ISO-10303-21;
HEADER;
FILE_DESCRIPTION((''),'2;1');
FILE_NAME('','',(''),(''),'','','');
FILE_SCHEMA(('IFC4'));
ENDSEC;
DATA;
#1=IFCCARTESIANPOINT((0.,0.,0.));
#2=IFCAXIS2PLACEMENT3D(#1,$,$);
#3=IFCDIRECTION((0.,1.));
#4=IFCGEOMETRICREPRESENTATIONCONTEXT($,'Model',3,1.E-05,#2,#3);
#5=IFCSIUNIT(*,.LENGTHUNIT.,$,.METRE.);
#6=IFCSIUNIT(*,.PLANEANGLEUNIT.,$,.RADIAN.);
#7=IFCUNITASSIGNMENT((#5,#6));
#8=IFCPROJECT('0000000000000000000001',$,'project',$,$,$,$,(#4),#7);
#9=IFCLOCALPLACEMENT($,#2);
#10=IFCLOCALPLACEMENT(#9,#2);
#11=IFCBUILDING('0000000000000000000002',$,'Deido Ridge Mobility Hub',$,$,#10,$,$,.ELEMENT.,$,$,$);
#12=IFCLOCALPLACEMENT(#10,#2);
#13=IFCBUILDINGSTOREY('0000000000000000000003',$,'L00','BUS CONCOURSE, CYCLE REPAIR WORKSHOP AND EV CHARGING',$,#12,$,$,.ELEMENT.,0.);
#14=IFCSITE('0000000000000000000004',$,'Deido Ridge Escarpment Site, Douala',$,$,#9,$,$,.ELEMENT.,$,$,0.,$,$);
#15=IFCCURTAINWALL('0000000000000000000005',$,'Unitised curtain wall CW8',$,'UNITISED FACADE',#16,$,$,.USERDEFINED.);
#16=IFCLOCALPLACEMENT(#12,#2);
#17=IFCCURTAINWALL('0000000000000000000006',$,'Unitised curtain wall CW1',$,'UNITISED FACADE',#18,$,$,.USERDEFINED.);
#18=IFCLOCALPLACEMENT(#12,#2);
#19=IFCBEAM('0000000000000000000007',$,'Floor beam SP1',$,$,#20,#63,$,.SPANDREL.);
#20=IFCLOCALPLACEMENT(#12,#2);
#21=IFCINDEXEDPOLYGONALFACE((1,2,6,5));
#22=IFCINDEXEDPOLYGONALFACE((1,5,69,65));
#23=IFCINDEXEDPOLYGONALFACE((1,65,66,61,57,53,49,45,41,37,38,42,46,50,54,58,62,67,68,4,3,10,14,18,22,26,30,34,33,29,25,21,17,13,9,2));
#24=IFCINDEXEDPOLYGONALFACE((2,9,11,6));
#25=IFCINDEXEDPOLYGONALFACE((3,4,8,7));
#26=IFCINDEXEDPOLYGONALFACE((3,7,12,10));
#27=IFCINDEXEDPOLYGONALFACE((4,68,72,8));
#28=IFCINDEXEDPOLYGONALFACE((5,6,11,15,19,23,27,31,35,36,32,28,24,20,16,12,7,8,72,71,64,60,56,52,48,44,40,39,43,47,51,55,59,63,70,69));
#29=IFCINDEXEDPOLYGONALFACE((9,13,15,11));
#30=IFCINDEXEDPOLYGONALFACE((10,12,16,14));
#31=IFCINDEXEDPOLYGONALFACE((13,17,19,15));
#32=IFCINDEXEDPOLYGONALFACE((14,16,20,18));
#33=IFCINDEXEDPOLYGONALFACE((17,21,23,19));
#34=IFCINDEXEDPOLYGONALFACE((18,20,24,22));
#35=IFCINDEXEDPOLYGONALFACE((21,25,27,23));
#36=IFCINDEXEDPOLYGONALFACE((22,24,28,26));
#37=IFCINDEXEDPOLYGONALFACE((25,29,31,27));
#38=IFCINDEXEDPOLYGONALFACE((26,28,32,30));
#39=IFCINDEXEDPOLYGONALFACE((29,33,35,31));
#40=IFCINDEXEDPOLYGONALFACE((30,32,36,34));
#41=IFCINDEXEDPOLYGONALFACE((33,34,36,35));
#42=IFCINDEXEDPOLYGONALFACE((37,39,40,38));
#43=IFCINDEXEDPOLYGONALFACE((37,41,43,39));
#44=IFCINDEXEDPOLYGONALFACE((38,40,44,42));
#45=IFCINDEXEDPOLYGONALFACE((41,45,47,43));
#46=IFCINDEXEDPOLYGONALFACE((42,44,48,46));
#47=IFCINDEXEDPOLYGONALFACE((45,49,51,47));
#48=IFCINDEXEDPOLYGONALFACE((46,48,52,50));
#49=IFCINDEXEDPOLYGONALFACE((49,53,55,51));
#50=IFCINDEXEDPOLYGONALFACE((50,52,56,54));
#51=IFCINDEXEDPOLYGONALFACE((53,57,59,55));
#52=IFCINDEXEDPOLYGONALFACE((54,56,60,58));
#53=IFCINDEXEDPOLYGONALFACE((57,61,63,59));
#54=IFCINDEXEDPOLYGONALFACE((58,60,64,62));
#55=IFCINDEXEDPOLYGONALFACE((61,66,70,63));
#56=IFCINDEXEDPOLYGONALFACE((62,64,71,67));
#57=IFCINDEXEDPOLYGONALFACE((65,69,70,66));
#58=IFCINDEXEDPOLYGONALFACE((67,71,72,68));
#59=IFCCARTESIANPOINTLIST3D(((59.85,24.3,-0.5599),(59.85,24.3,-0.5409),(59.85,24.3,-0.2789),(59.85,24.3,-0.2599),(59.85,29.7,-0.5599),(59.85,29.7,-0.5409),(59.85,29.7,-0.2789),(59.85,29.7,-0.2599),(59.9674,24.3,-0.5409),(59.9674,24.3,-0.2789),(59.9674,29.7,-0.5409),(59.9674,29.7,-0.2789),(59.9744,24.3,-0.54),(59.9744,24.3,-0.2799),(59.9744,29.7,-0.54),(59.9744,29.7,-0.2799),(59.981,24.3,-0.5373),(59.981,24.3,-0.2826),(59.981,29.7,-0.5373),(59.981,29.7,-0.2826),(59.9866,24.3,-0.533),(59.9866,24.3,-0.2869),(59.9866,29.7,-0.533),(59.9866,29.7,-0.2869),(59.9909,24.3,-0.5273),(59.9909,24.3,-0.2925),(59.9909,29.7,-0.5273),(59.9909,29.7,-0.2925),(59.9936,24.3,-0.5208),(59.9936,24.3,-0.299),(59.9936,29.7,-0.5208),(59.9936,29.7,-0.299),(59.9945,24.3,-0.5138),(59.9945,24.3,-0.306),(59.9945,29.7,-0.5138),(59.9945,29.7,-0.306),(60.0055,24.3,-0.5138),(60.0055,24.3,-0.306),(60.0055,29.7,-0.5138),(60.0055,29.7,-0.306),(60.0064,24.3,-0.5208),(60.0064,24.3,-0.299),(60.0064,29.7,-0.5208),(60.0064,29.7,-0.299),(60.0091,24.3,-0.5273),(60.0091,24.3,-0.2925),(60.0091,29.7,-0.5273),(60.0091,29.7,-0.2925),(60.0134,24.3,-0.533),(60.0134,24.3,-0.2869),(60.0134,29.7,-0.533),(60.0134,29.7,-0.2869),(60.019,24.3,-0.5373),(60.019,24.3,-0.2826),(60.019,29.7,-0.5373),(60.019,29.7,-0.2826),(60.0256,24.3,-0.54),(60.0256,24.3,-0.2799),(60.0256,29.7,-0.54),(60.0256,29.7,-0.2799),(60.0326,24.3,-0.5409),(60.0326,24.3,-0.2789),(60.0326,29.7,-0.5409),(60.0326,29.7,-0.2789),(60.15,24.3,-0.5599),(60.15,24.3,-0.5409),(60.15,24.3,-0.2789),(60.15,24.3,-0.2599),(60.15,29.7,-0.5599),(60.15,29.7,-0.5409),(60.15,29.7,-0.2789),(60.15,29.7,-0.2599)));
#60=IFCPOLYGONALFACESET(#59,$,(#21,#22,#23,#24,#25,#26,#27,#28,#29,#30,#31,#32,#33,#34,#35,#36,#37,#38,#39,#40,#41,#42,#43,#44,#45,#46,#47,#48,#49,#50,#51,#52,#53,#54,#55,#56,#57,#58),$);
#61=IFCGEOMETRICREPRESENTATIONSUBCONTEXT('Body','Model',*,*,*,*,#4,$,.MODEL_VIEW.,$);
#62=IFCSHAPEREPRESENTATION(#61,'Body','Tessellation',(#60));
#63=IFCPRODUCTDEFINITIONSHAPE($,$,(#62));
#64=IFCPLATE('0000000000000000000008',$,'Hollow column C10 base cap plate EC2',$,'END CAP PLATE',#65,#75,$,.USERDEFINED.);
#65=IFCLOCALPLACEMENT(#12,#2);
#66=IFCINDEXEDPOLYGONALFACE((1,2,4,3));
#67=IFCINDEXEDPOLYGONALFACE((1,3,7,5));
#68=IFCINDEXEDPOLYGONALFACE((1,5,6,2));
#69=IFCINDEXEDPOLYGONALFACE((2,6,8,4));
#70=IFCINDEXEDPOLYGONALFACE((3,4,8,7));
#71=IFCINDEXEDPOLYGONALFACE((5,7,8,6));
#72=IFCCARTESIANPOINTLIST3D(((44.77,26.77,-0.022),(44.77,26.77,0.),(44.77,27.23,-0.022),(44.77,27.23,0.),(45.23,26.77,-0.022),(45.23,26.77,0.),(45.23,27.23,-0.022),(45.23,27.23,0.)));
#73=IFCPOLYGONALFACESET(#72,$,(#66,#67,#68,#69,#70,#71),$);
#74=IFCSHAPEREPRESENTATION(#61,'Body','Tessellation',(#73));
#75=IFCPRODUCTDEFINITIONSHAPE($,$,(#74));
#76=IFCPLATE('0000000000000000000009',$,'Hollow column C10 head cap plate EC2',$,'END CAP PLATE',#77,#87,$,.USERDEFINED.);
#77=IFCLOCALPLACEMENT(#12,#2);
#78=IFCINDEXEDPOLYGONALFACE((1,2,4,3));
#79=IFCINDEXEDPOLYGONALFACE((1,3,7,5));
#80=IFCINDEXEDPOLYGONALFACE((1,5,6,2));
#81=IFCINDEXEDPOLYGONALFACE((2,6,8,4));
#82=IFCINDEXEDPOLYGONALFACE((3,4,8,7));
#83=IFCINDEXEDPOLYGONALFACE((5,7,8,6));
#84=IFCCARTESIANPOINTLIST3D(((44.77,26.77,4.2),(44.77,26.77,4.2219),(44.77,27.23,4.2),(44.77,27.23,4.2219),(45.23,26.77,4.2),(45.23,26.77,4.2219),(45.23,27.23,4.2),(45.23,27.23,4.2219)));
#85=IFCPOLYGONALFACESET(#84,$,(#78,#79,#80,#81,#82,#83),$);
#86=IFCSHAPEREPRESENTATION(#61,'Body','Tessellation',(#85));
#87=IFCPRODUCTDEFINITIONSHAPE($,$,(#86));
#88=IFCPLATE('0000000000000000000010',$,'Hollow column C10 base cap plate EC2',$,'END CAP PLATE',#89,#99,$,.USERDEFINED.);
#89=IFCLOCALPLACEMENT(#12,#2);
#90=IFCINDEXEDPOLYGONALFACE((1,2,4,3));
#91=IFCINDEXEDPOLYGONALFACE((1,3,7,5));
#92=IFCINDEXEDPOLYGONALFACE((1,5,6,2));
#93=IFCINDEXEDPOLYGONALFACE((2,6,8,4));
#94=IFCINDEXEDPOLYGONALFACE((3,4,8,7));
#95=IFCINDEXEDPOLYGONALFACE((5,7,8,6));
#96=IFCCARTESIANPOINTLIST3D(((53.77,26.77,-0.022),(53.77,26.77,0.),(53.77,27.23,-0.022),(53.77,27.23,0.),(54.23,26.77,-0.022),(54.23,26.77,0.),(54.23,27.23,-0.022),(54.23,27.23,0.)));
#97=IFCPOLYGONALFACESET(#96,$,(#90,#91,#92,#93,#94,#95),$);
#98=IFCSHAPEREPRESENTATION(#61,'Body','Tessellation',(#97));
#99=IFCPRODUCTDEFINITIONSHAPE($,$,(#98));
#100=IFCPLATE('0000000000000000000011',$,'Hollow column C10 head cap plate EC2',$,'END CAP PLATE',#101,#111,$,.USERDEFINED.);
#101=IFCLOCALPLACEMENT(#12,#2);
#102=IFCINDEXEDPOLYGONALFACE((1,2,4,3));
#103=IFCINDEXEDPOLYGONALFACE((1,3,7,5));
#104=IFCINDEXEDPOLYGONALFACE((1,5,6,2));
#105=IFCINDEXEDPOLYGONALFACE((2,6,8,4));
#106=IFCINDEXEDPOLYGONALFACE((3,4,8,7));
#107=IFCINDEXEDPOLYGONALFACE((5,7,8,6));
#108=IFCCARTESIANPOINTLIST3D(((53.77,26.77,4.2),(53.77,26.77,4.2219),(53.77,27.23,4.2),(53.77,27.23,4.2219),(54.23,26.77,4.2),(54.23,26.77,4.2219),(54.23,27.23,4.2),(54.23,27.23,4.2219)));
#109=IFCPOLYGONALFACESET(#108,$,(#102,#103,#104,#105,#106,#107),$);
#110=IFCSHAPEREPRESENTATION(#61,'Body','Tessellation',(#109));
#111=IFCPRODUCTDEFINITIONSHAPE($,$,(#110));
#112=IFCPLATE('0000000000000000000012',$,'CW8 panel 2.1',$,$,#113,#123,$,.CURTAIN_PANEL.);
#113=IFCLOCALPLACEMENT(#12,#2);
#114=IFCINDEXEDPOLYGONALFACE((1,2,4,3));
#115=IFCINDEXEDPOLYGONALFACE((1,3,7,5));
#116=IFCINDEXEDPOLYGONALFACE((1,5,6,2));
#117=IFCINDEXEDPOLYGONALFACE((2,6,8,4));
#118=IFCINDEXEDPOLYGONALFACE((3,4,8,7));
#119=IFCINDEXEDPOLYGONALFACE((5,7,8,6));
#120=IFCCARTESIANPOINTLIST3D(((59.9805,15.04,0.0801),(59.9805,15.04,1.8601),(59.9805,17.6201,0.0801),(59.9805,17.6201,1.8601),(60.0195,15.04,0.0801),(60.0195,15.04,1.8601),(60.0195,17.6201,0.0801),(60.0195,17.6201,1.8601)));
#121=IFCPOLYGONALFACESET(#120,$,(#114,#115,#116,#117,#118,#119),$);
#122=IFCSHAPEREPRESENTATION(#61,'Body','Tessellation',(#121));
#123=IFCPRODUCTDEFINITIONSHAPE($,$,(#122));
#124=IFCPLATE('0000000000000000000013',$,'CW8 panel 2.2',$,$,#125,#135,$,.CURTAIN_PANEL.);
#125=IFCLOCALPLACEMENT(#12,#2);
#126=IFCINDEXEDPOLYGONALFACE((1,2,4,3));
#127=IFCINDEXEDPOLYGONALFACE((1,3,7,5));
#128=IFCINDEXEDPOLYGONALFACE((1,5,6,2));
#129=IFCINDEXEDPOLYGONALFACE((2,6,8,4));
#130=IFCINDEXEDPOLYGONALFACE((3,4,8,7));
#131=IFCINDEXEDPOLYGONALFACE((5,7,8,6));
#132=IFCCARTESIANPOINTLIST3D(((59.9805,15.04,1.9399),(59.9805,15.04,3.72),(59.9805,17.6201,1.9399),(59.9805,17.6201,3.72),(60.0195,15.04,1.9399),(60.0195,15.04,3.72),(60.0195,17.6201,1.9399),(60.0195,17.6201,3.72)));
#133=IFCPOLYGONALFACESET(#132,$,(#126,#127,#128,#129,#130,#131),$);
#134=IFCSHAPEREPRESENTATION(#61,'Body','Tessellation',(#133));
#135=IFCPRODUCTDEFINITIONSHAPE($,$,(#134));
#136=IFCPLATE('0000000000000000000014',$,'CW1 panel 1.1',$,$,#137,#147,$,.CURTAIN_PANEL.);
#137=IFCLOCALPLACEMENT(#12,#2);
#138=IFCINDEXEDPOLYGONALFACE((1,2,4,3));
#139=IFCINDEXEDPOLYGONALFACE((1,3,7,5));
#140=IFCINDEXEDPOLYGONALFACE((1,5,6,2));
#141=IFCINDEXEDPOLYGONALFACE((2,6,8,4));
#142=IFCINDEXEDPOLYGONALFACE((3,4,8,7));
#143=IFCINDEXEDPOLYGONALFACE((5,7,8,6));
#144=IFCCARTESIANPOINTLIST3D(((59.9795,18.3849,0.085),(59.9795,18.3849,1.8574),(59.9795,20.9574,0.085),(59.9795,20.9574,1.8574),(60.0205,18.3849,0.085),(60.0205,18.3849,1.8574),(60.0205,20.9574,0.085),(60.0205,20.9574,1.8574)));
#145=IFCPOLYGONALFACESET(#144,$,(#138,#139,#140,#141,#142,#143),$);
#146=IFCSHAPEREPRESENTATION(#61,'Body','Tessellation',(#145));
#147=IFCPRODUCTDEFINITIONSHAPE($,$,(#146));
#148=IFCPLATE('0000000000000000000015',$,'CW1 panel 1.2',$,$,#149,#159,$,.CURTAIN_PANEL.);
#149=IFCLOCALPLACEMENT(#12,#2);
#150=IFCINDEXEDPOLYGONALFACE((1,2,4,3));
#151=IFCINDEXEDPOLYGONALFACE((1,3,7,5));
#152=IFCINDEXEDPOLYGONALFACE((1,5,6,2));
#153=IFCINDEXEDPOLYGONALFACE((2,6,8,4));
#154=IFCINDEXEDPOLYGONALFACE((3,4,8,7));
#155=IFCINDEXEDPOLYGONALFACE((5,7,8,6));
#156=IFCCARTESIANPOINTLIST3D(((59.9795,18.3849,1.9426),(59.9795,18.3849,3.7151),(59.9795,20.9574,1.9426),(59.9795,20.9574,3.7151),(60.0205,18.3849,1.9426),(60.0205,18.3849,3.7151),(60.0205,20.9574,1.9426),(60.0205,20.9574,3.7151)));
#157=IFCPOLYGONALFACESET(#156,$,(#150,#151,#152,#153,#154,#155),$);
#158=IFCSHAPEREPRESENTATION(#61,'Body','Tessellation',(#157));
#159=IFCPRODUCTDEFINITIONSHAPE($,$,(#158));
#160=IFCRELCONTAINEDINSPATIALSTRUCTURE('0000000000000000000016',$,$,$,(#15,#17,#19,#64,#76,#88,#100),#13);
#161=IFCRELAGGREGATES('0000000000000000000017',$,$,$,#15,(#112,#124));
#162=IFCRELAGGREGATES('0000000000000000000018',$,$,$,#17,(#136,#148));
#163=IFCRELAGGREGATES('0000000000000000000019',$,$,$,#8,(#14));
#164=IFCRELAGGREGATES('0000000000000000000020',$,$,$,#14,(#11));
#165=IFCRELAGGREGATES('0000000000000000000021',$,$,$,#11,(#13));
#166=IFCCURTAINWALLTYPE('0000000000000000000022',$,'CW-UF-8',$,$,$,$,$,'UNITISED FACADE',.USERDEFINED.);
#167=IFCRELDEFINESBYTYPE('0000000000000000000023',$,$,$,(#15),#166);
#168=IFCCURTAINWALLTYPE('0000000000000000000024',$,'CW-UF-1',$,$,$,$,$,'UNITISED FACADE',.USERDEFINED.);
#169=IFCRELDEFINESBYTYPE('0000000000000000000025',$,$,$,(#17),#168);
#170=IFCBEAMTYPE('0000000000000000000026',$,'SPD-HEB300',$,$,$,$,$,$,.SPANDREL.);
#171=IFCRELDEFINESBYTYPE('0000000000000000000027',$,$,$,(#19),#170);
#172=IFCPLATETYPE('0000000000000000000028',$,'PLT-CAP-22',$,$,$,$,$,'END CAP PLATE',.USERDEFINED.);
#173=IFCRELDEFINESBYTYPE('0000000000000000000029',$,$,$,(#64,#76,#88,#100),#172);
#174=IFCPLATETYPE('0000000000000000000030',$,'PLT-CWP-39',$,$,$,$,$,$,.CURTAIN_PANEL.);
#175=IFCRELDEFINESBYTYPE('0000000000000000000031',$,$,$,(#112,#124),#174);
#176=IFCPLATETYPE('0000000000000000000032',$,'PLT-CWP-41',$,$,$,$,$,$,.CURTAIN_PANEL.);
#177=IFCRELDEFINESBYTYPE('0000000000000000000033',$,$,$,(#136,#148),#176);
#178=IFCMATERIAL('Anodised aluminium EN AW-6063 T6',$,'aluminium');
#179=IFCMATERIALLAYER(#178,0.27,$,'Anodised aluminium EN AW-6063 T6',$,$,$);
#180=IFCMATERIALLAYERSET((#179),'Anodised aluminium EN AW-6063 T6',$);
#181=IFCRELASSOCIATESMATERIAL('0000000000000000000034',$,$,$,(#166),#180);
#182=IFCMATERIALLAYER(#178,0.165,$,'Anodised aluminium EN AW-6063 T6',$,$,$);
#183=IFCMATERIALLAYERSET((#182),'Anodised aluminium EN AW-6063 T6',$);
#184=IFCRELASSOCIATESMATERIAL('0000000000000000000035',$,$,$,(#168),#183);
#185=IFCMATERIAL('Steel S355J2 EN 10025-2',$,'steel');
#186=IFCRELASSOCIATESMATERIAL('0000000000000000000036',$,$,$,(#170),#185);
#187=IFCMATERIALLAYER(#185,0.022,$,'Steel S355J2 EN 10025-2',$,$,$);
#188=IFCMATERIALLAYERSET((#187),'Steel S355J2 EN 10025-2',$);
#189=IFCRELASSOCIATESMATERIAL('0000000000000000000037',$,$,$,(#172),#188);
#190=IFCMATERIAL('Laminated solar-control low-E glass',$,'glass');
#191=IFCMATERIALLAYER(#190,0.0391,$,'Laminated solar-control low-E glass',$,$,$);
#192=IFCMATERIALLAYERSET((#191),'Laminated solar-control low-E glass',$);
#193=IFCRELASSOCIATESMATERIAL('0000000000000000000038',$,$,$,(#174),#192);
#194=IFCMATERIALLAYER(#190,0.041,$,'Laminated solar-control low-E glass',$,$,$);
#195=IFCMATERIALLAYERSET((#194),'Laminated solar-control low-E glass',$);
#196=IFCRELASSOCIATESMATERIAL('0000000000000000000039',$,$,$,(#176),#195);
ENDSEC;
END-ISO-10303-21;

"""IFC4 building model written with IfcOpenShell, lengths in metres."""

from ifc_helpers import new_model, si_unit, direction, frame, origin, origin_2d, place, context, subcontext, project, spatial, rectangle, i_section, extrude, material, layer, layer_set, material_profile, profile_set, type_object, element, aggregate, save


model = new_model("IFC4")

# Units and contexts
model_context = context("Model", 3, precision=1e-05, world=origin(), true_north=direction((0.0, 1.0)))
body_context = subcontext(model_context, "Body", "Model", "MODEL_VIEW")
ifc_project = project(units=[si_unit("LENGTHUNIT", "METRE"), si_unit("PLANEANGLEUNIT", "RADIAN")], contexts=[model_context])

# Site, building, storey
site_placement = place(None, origin())
site = spatial("IfcSite", under=ifc_project, at=site_placement, Name="Deido Ridge Escarpment Site, Douala", CompositionType="ELEMENT", RefElevation=0.0)
building_placement = place(site_placement, origin())
building = spatial("IfcBuilding", under=site, at=building_placement, Name="Deido Ridge Mobility Hub", CompositionType="ELEMENT")
storey_placement = place(building_placement, origin())
storey = spatial("IfcBuildingStorey", under=building, at=storey_placement, Name="L00", Description="BUS CONCOURSE, CYCLE REPAIR WORKSHOP AND EV CHARGING", CompositionType="ELEMENT", Elevation=0.0)

# Shared definitions
ifc_material_1 = material(Name="Steel S355J2 EN 10025-2", Category="steel")

# Curtain walls
ifc_material_2 = material(Name="Anodised aluminium EN AW-6063 T6", Category="aluminium")
ifc_layer_1 = layer(ifc_material_2, 0.27, Name="Anodised aluminium EN AW-6063 T6")
ifc_layer_set_1 = layer_set([ifc_layer_1], Name="Anodised aluminium EN AW-6063 T6")
curtain_wall_type_1 = type_object("IfcCurtainWallType", Name="CW-UF-8", ElementType="UNITISED FACADE", PredefinedType="USERDEFINED", material=ifc_layer_set_1)
curtain_wall_1_placement = place(storey_placement, origin())
curtain_wall_1 = element("IfcCurtainWall", 1, at=curtain_wall_1_placement, inside=storey, type_object=curtain_wall_type_1, Name="Unitised curtain wall CW8", ObjectType="UNITISED FACADE", PredefinedType="USERDEFINED")
ifc_layer_2 = layer(ifc_material_2, 0.165, Name="Anodised aluminium EN AW-6063 T6")
ifc_layer_set_2 = layer_set([ifc_layer_2], Name="Anodised aluminium EN AW-6063 T6")
curtain_wall_type_2 = type_object("IfcCurtainWallType", Name="CW-UF-1", ElementType="UNITISED FACADE", PredefinedType="USERDEFINED", material=ifc_layer_set_2)
curtain_wall_2_placement = place(storey_placement, origin())
curtain_wall_2 = element("IfcCurtainWall", 2, at=curtain_wall_2_placement, inside=storey, type_object=curtain_wall_type_2, Name="Unitised curtain wall CW1", ObjectType="UNITISED FACADE", PredefinedType="USERDEFINED")

# Beam
ifc_material_profile_1 = material_profile(ifc_material_1, i_section(OverallWidth=0.3, OverallDepth=0.3, WebThickness=0.011, FlangeThickness=0.019, FilletRadius=0.0271, at=origin_2d()), Name="HEB 300")
ifc_profile_set_1 = profile_set([ifc_material_profile_1], Name="Steel S355J2 EN 10025-2")
beam_type_1 = type_object("IfcBeamType", Name="SPD-HEB300", PredefinedType="SPANDREL", material=ifc_profile_set_1)
for number, where, z_axis, x_axis, name in (
    (3, (60.0, 24.3, -0.4099), (0.0, 1.0, 0.0), (-1.0, 0.0, 0.0), "Floor beam SP1"),
):
    element("IfcBeam", number, at=place(storey_placement, frame(where, z_axis=z_axis, x_axis=x_axis)), inside=storey, type_object=beam_type_1, Name=name, PredefinedType="SPANDREL", context=body_context, shape_type="SweptSolid", body=[
        extrude(i_section(OverallWidth=0.3, OverallDepth=0.3, WebThickness=0.011, FlangeThickness=0.019, FilletRadius=0.0271, at=origin_2d()), origin(), (0.0, 0.0, 1.0), 5.3999),
    ])

# Plates
ifc_layer_3 = layer(ifc_material_1, 0.022, Name="Steel S355J2 EN 10025-2")
ifc_layer_set_3 = layer_set([ifc_layer_3], Name="Steel S355J2 EN 10025-2")
plate_type_1 = type_object("IfcPlateType", Name="PLT-CAP-22", ElementType="END CAP PLATE", PredefinedType="USERDEFINED", material=ifc_layer_set_3)
for number, where, z_axis, x_axis, name in (
    (4, (45.0, 27.0, -0.022), (0.0, 0.0, 1.0), (1.0, 0.0, 0.0), "Hollow column C10 base cap plate EC2"),
    (5, (45.0, 27.0, 4.2), (0.0, 0.0, 1.0), (1.0, 0.0, 0.0), "Hollow column C10 head cap plate EC2"),
    (6, (54.0, 27.0, -0.022), (0.0, 0.0, 1.0), (1.0, 0.0, 0.0), "Hollow column C10 base cap plate EC2"),
    (7, (54.0, 27.0, 4.2), (0.0, 0.0, 1.0), (1.0, 0.0, 0.0), "Hollow column C10 head cap plate EC2"),
):
    element("IfcPlate", number, at=place(storey_placement, frame(where, z_axis=z_axis, x_axis=x_axis)), inside=storey, type_object=plate_type_1, Name=name, ObjectType="END CAP PLATE", PredefinedType="USERDEFINED", context=body_context, shape_type="SweptSolid", body=[
        extrude(rectangle(XDim=0.46, YDim=0.46, at=origin_2d()), origin(), (0.0, 0.0, 1.0), 0.022),
    ])

# Plates
ifc_material_3 = material(Name="Laminated solar-control low-E glass", Category="glass")
ifc_layer_4 = layer(ifc_material_3, 0.0391, Name="Laminated solar-control low-E glass")
ifc_layer_set_4 = layer_set([ifc_layer_4], Name="Laminated solar-control low-E glass")
plate_type_2 = type_object("IfcPlateType", Name="PLT-CWP-39", PredefinedType="CURTAIN_PANEL", material=ifc_layer_set_4)
plate_1_placement = place(storey_placement, frame((60.0, 16.3301, 0.0801), z_axis=(0.0, 0.0, 1.0), x_axis=(0.0, 1.0, 0.0)))
plate_1 = element("IfcPlate", 8, at=plate_1_placement, type_object=plate_type_2, Name="CW8 panel 2.1", PredefinedType="CURTAIN_PANEL", context=body_context, shape_type="SweptSolid", body=[
    extrude(rectangle(XDim=2.5801, YDim=0.0391, at=origin_2d()), origin(), (0.0, 0.0, 1.0), 1.78),
])
plate_2_placement = place(storey_placement, frame((60.0, 16.3301, 1.9399), z_axis=(0.0, 0.0, 1.0), x_axis=(0.0, 1.0, 0.0)))
plate_2 = element("IfcPlate", 9, at=plate_2_placement, type_object=plate_type_2, Name="CW8 panel 2.2", PredefinedType="CURTAIN_PANEL", context=body_context, shape_type="SweptSolid", body=[
    extrude(rectangle(XDim=2.5801, YDim=0.0391, at=origin_2d()), origin(), (0.0, 0.0, 1.0), 1.78),
])
aggregate(curtain_wall_1, [plate_1, plate_2])
ifc_layer_5 = layer(ifc_material_3, 0.041, Name="Laminated solar-control low-E glass")
ifc_layer_set_5 = layer_set([ifc_layer_5], Name="Laminated solar-control low-E glass")
plate_type_3 = type_object("IfcPlateType", Name="PLT-CWP-41", PredefinedType="CURTAIN_PANEL", material=ifc_layer_set_5)
plate_3_placement = place(storey_placement, frame((60.0, 19.6711, 0.085), z_axis=(0.0, 0.0, 1.0), x_axis=(0.0, 1.0, 0.0)))
plate_3 = element("IfcPlate", 10, at=plate_3_placement, type_object=plate_type_3, Name="CW1 panel 1.1", PredefinedType="CURTAIN_PANEL", context=body_context, shape_type="SweptSolid", body=[
    extrude(rectangle(XDim=2.5725, YDim=0.041, at=origin_2d()), origin(), (0.0, 0.0, 1.0), 1.7725),
])
plate_4_placement = place(storey_placement, frame((60.0, 19.6711, 1.9426), z_axis=(0.0, 0.0, 1.0), x_axis=(0.0, 1.0, 0.0)))
plate_4 = element("IfcPlate", 11, at=plate_4_placement, type_object=plate_type_3, Name="CW1 panel 1.2", PredefinedType="CURTAIN_PANEL", context=body_context, shape_type="SweptSolid", body=[
    extrude(rectangle(XDim=2.5725, YDim=0.041, at=origin_2d()), origin(), (0.0, 0.0, 1.0), 1.7725),
])
aggregate(curtain_wall_2, [plate_3, plate_4])

save(model, "model.ifc")
